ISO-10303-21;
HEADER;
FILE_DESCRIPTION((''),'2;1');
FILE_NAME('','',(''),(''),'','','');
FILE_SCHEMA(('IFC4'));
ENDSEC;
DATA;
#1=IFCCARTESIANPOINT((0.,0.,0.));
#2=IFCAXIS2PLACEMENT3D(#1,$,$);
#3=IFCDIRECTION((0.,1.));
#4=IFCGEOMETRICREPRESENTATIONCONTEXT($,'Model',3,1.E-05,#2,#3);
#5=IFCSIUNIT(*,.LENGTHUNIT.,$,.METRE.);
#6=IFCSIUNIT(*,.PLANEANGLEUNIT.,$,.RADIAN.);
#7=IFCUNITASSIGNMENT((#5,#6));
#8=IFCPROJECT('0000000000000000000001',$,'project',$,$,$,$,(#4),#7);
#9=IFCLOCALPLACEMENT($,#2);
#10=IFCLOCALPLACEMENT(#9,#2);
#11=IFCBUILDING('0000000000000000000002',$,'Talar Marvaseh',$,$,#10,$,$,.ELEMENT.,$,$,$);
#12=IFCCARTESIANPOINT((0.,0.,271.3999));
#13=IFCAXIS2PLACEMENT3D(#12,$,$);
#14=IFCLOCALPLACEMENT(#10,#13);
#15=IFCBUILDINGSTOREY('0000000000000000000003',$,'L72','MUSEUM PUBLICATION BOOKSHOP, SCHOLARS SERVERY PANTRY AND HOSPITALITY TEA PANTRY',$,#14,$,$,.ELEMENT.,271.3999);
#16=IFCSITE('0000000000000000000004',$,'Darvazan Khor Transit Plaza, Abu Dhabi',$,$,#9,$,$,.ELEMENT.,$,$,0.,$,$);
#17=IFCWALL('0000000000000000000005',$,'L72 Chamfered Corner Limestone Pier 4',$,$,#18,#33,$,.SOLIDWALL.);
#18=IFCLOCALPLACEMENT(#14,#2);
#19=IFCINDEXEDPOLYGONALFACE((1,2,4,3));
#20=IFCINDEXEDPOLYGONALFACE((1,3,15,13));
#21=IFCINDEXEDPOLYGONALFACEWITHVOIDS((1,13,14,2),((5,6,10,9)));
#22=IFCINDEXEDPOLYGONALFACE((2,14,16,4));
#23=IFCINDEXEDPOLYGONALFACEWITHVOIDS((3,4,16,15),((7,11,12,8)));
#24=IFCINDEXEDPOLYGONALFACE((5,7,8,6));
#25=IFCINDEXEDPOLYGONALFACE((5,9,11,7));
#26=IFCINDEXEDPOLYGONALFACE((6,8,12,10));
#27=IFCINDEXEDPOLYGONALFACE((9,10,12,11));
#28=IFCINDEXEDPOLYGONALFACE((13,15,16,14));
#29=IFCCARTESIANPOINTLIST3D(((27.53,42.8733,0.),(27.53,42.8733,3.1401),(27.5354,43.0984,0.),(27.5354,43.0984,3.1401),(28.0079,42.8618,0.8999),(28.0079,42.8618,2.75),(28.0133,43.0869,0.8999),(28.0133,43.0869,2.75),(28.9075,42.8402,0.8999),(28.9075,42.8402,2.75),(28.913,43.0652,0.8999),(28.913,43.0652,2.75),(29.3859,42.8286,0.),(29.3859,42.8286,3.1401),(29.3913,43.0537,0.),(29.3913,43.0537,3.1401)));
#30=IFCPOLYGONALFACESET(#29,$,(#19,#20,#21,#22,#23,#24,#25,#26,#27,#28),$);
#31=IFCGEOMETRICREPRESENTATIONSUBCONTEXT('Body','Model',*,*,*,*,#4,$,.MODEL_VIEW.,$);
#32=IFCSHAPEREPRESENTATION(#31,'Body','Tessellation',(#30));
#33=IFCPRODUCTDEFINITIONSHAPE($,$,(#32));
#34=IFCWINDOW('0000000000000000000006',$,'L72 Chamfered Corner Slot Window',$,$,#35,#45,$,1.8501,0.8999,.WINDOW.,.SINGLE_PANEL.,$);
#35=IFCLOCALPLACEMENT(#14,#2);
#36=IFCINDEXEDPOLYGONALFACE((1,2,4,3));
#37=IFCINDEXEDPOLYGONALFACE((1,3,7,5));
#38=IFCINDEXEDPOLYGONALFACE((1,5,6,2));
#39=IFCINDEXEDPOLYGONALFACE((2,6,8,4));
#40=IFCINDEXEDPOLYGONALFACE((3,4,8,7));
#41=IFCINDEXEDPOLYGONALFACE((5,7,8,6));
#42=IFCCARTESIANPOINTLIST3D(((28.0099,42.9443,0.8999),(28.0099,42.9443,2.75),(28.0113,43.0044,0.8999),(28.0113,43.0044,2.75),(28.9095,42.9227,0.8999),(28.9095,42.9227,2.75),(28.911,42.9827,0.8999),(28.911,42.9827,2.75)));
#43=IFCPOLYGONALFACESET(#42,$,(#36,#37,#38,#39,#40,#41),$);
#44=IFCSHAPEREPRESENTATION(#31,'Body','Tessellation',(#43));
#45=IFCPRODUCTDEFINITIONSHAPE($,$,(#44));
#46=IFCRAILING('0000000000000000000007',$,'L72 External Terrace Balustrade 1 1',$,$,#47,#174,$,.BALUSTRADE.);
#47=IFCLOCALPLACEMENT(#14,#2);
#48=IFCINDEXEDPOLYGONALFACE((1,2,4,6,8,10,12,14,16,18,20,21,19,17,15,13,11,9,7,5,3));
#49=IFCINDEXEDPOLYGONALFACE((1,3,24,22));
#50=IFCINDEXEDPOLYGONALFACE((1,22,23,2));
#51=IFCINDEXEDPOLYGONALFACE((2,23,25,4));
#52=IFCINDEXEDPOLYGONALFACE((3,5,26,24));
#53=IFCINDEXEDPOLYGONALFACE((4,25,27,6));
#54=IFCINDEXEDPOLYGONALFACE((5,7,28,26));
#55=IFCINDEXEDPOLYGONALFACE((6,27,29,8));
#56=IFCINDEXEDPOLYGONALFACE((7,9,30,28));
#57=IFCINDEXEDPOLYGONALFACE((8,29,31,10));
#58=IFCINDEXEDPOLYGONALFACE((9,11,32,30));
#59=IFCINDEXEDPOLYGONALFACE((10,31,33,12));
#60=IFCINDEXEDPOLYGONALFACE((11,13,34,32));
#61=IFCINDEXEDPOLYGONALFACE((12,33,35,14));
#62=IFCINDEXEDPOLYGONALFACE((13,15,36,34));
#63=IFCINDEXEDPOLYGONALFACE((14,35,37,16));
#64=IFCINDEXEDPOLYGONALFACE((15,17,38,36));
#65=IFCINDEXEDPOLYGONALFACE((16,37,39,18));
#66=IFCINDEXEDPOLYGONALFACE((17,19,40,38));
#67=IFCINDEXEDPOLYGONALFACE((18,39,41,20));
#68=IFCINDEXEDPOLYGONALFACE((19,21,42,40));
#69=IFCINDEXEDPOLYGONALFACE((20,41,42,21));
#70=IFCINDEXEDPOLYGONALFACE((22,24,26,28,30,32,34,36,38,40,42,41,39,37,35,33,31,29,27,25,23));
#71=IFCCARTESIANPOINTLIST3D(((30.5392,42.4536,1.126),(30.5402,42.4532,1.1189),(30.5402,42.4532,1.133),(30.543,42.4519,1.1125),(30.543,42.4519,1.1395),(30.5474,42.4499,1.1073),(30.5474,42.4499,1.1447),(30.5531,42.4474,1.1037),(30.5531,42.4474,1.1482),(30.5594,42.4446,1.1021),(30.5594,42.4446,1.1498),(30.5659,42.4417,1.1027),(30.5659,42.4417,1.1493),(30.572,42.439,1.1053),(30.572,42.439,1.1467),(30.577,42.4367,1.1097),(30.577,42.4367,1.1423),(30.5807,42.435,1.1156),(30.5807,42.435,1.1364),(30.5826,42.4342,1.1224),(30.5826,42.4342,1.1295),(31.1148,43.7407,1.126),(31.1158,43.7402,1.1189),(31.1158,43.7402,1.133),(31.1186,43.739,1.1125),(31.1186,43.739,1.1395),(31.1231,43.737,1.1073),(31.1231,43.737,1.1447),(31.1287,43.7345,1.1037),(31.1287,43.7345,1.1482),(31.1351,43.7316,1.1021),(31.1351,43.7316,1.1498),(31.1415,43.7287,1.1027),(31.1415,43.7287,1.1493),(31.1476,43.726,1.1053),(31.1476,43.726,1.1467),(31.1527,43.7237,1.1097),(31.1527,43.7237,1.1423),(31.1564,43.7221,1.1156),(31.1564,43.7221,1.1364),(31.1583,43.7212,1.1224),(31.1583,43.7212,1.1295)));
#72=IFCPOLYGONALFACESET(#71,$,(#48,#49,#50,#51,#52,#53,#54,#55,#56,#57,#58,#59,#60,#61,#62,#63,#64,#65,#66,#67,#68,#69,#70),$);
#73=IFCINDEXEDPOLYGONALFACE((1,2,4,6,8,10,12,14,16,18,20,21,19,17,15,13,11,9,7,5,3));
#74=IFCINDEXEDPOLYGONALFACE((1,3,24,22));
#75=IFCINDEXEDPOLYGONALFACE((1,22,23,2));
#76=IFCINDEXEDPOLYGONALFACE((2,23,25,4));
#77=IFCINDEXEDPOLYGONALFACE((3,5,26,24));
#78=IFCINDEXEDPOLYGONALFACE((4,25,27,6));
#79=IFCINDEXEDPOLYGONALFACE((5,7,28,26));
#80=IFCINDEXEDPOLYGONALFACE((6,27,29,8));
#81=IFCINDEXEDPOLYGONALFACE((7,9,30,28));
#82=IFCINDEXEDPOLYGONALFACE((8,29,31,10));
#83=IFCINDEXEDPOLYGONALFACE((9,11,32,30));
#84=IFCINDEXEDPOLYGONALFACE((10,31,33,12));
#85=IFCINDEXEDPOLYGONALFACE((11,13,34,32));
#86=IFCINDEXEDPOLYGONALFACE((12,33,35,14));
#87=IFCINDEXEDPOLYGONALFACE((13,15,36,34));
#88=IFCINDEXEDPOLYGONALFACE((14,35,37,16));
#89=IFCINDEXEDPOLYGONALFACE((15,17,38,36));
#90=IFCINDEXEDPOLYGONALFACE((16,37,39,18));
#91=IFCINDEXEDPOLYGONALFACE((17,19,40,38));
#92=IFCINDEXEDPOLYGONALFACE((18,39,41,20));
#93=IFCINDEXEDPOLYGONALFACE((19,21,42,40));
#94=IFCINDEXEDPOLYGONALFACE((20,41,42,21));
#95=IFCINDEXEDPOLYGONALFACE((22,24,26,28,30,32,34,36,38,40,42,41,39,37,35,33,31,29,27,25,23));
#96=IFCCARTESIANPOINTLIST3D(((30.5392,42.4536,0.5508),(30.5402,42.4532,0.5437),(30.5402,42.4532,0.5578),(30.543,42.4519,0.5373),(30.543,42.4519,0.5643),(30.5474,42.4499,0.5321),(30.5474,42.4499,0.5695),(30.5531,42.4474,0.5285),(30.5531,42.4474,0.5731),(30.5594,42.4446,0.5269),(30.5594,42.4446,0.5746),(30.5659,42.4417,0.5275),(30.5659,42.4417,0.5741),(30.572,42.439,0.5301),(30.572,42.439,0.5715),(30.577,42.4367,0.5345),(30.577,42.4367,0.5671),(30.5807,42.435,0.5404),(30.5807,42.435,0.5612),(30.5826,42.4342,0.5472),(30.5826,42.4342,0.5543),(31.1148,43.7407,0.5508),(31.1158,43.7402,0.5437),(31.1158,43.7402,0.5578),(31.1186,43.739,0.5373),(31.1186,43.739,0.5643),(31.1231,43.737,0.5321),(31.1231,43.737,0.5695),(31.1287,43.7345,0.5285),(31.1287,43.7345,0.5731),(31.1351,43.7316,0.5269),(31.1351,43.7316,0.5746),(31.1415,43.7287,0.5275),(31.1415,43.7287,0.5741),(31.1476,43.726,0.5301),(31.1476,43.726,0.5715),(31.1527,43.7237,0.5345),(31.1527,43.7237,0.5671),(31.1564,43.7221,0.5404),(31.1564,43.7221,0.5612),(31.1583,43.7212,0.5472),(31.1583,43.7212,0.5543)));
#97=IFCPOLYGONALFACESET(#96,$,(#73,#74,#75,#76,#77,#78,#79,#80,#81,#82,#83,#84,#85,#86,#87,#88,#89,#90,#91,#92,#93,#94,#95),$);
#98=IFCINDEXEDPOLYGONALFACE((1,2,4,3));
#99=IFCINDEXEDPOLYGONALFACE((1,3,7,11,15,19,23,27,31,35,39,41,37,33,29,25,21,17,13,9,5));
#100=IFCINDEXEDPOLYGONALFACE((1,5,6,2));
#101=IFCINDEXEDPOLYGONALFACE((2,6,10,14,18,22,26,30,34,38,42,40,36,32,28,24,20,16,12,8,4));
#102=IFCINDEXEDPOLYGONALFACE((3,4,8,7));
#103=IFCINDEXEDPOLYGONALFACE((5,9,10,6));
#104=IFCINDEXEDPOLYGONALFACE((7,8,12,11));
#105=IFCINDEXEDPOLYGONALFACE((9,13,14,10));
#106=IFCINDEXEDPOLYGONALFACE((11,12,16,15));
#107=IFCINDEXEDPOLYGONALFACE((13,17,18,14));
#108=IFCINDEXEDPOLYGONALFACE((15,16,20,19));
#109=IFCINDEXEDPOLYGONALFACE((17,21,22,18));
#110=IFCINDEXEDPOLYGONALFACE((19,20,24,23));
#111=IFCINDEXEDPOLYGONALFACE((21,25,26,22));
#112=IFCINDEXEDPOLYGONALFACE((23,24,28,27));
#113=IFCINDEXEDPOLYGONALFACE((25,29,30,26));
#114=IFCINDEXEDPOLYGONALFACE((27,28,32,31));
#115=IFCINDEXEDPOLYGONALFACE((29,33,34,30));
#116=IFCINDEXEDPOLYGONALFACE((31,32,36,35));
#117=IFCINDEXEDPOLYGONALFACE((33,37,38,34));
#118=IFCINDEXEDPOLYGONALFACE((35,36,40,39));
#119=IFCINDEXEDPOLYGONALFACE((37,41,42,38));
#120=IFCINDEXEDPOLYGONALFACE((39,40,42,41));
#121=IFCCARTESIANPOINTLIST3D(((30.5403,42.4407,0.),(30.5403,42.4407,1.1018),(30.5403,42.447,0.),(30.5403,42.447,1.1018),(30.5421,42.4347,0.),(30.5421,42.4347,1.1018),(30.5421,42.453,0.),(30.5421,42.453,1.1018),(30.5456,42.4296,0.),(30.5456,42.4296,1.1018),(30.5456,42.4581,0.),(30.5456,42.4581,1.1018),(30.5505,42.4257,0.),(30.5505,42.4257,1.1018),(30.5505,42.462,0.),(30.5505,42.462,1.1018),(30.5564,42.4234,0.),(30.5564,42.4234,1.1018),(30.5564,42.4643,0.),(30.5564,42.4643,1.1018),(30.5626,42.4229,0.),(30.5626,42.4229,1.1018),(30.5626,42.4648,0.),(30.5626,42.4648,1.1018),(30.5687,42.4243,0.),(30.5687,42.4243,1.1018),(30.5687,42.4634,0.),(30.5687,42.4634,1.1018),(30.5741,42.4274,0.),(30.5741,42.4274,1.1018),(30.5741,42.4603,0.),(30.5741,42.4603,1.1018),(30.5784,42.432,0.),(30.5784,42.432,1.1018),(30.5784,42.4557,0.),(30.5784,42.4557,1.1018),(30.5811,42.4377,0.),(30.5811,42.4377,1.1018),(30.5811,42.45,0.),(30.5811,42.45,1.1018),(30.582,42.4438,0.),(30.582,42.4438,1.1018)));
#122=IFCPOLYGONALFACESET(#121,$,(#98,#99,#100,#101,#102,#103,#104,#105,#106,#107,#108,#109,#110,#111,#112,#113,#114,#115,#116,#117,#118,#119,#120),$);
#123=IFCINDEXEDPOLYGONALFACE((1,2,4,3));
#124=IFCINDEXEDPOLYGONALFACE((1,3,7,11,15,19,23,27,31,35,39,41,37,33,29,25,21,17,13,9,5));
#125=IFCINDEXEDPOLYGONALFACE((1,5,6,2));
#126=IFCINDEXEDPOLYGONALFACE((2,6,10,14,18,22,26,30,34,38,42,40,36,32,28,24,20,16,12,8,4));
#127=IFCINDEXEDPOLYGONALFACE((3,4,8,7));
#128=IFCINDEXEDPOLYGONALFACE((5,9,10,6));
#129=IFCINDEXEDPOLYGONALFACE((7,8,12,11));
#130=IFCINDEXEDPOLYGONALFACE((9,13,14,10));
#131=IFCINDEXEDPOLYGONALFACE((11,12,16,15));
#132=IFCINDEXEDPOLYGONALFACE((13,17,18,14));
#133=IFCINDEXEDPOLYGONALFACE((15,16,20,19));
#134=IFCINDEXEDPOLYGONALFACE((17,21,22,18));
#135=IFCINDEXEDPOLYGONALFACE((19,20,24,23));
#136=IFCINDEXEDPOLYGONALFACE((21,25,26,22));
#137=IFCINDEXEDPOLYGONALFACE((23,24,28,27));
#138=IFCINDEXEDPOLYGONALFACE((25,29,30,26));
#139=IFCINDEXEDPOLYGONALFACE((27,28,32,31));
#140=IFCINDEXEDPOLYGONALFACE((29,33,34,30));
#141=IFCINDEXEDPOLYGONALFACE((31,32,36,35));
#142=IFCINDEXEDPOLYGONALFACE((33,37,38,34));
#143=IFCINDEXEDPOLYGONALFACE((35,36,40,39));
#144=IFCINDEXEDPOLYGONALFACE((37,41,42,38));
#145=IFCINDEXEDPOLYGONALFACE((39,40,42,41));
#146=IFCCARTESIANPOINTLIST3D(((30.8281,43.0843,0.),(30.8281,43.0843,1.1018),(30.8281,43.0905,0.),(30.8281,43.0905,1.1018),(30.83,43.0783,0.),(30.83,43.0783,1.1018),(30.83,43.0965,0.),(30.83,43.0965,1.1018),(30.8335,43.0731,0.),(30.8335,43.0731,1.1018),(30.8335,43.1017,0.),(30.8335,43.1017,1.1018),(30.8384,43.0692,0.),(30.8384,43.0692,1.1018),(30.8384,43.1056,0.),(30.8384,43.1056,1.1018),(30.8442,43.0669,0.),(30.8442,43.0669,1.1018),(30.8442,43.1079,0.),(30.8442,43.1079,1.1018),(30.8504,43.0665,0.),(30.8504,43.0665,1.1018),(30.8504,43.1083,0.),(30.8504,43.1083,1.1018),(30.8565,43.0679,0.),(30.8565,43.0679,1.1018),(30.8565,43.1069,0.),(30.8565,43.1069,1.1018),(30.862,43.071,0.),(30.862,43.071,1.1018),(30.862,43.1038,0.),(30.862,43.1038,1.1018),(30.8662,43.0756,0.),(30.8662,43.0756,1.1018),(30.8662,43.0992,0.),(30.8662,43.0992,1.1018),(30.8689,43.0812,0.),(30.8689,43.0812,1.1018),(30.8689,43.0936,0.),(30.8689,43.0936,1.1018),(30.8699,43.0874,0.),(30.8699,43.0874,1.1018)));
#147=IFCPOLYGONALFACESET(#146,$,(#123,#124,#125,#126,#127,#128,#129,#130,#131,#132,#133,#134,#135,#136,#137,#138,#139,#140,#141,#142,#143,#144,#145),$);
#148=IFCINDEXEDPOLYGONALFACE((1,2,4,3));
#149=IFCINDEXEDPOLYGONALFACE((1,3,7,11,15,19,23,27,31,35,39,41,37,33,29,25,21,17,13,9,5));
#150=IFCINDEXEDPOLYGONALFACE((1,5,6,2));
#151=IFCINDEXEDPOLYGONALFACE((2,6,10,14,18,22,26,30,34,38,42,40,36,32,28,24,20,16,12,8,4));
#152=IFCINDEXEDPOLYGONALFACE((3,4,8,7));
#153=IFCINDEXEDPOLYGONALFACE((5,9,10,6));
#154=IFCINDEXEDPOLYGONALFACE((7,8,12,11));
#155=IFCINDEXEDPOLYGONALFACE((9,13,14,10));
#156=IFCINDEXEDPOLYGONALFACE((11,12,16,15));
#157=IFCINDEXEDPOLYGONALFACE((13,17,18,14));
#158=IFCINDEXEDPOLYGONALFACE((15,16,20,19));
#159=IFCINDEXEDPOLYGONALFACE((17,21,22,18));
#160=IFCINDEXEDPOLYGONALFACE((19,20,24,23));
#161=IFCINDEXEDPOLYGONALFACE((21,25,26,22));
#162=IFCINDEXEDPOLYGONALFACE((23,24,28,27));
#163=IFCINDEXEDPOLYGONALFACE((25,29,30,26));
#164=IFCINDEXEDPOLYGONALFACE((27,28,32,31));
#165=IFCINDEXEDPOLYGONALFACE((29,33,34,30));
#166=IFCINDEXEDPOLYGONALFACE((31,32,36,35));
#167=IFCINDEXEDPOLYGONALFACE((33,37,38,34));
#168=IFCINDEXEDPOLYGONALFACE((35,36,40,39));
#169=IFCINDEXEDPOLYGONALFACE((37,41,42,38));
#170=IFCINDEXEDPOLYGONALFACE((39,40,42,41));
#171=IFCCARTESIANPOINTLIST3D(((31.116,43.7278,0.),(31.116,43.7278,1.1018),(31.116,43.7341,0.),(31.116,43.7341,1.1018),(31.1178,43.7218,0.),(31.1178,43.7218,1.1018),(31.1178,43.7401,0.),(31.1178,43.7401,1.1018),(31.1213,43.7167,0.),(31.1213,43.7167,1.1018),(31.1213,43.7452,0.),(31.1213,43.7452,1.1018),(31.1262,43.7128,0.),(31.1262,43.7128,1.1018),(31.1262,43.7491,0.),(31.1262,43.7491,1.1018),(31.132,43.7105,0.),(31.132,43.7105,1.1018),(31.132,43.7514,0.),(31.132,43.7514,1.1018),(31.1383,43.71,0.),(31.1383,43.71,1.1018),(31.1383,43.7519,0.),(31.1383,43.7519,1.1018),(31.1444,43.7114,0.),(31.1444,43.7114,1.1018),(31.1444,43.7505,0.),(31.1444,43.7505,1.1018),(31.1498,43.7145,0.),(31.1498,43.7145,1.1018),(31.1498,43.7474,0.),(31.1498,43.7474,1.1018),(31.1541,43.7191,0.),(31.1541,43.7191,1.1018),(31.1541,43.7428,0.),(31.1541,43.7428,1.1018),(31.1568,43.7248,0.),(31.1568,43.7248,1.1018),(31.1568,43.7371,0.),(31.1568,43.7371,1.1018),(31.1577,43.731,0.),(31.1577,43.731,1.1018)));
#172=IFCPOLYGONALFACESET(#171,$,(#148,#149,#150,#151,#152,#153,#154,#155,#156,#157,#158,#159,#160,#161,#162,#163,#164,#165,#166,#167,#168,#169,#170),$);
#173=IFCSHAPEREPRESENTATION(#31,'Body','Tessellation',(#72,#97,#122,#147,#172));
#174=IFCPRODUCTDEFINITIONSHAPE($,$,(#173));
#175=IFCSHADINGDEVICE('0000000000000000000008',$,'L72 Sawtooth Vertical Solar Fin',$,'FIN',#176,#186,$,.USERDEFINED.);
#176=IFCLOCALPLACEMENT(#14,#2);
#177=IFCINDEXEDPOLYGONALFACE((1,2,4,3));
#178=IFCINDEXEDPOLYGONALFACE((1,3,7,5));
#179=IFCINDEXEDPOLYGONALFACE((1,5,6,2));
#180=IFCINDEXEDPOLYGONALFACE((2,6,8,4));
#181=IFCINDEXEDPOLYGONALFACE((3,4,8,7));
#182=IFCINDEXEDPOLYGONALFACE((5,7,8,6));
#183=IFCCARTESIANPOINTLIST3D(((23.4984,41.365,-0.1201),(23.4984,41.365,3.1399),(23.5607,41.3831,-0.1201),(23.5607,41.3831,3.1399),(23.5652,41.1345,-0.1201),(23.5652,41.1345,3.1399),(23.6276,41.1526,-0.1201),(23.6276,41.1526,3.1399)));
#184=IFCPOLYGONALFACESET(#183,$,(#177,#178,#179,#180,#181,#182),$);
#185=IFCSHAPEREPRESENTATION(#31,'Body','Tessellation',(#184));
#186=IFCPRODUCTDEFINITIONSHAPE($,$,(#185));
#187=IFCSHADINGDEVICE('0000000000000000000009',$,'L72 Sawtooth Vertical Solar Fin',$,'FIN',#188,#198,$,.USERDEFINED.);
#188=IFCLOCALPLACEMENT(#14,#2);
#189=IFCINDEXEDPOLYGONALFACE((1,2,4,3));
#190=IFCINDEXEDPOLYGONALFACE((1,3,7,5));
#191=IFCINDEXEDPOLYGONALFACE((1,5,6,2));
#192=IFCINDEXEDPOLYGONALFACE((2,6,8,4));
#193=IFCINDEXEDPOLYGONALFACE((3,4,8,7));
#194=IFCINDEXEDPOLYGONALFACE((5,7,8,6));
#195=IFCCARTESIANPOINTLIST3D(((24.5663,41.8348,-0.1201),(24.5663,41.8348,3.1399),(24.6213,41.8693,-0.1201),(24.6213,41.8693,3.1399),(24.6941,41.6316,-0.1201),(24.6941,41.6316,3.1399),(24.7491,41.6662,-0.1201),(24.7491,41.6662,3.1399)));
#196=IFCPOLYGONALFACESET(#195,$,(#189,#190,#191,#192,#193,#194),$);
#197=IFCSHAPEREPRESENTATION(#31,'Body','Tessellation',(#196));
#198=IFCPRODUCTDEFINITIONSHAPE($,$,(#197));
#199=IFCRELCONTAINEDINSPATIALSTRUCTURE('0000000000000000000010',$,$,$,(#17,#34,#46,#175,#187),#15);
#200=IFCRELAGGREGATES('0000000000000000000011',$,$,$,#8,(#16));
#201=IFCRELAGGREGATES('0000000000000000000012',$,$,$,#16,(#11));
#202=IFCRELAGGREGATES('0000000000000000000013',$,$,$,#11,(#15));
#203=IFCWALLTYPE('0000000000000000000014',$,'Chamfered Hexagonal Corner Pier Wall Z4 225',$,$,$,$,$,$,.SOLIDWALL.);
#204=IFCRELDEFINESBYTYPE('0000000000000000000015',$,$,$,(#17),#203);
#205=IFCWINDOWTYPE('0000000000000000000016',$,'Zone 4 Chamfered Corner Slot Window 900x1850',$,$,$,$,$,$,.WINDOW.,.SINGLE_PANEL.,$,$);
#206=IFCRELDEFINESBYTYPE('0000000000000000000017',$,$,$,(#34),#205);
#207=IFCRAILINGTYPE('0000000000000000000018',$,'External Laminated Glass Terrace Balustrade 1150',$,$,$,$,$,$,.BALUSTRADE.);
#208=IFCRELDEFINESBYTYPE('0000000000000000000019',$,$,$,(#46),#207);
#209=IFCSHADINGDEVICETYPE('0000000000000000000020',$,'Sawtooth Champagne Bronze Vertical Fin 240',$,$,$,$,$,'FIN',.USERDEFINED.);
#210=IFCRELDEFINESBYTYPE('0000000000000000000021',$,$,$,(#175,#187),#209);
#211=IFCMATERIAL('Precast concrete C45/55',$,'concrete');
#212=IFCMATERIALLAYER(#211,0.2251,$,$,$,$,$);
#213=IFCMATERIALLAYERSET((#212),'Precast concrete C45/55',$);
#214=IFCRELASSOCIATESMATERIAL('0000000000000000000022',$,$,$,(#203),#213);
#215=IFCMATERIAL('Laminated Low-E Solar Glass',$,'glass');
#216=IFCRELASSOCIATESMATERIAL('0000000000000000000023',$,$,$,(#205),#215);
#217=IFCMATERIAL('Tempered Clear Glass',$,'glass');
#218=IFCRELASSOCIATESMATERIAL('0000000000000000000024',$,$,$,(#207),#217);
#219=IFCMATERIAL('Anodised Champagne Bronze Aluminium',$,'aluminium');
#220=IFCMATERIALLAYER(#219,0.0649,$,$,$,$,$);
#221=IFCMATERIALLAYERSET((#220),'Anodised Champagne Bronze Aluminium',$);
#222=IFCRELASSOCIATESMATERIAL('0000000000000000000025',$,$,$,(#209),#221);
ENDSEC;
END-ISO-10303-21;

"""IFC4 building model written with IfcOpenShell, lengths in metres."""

from ifc_helpers import new_model, si_unit, direction, frame, frame_2d, origin, origin_2d, place, context, subcontext, project, spatial, rectangle, circle, extrude, source, transform, mapped, material, layer, layer_set, type_object, type_shapes, element, fill, save


model = new_model("IFC4")

# Units and contexts
model_context = context("Model", 3, precision=1e-05, world=origin(), true_north=direction((0.0, 1.0)))
body_context = subcontext(model_context, "Body", "Model", "MODEL_VIEW")
ifc_project = project(units=[si_unit("LENGTHUNIT", "METRE"), si_unit("PLANEANGLEUNIT", "RADIAN")], contexts=[model_context])

# Site, building, storey
site_placement = place(None, origin())
site = spatial("IfcSite", under=ifc_project, at=site_placement, Name="Darvazan Khor Transit Plaza, Abu Dhabi", CompositionType="ELEMENT", RefElevation=0.0)
building_placement = place(site_placement, origin())
building = spatial("IfcBuilding", under=site, at=building_placement, Name="Talar Marvaseh", CompositionType="ELEMENT")
storey_placement = place(building_placement, frame((0.0, 0.0, 271.3999)))
storey = spatial("IfcBuildingStorey", under=building, at=storey_placement, Name="L72", Description="MUSEUM PUBLICATION BOOKSHOP, SCHOLARS SERVERY PANTRY AND HOSPITALITY TEA PANTRY", CompositionType="ELEMENT", Elevation=271.3999)

# Shared definitions
ifc_material_1 = material(Name="Laminated Low-E Solar Glass", Category="glass")

# Wall, opening, window
ifc_material_2 = material(Name="Precast concrete C45/55", Category="concrete")
ifc_layer_1 = layer(ifc_material_2, 0.2251)
ifc_layer_set_1 = layer_set([ifc_layer_1], Name="Precast concrete C45/55")
wall_type = type_object("IfcWallType", Name="Chamfered Hexagonal Corner Pier Wall Z4 225", PredefinedType="SOLIDWALL", material=ifc_layer_set_1)
wall_placement = place(storey_placement, frame((27.5327, 42.9858, 0.0), z_axis=(0.0, 0.0, 1.0), x_axis=(0.99971, -0.024066, 0.0)))
wall = element("IfcWall", 1, at=wall_placement, inside=storey, type_object=wall_type, Name="L72 Chamfered Corner Limestone Pier 4", PredefinedType="SOLIDWALL", context=body_context, shape_type="SweptSolid", body=[
    extrude(rectangle(XDim=1.8564, YDim=0.2251, at=frame_2d((0.9282, 0.0))), origin(), (0.0, 0.0, 1.0), 3.1401),
])
opening_placement = place(wall_placement, frame((0.478, 0.0, 0.8999)))
opening = element("IfcOpeningElement", 2, at=opening_placement, cuts=wall, PredefinedType="OPENING", context=body_context, shape_type="SweptSolid", body=[
    extrude(rectangle(XDim=0.8999, YDim=1.8501, at=frame_2d((0.45, 0.925))), frame((0.0, 0.1226, 0.0), z_axis=(0.0, -1.0, 0.0), x_axis=(1.0, 0.0, 0.0)), (0.0, 0.0, 1.0), 0.2451),
])
window_type = type_object("IfcWindowType", Name="Zone 4 Chamfered Corner Slot Window 900x1850", PartitioningType="SINGLE_PANEL", PredefinedType="WINDOW", material=ifc_material_1)
shared_shape_1 = source(origin(), body_context, "Body", "SweptSolid", [
    extrude(rectangle(XDim=0.8999, YDim=1.8501, at=frame_2d((0.45, 0.925))), frame((0.0, 0.03, 0.0), z_axis=(0.0, -1.0, 0.0), x_axis=(1.0, 0.0, 0.0)), (0.0, 0.0, 1.0), 0.0601),
])
type_shapes(window_type, [shared_shape_1])
window_placement = place(opening_placement, origin())
window = element("IfcWindow", 3, at=window_placement, inside=storey, type_object=window_type, Name="L72 Chamfered Corner Slot Window", OverallHeight=1.8501, OverallWidth=0.8999, PartitioningType="SINGLE_PANEL", PredefinedType="WINDOW", context=body_context, shape_type="MappedRepresentation", body=[
    mapped(shared_shape_1, transform((0.0, 0.0, 0.0), x_axis=(1.0, 0.0, 0.0), y_axis=(0.0, 1.0, 0.0), z_axis=(0.0, 0.0, 1.0), scale=1.0)),
])
fill(opening, window)

# Railing
ifc_material_3 = material(Name="Tempered Clear Glass", Category="glass")
railing_type = type_object("IfcRailingType", Name="External Laminated Glass Terrace Balustrade 1150", PredefinedType="BALUSTRADE", material=ifc_material_3)
railing_1_placement = place(storey_placement, frame((30.561, 42.4438, 0.0)))
element("IfcRailing", 4, at=railing_1_placement, inside=storey, type_object=railing_type, Name="L72 External Terrace Balustrade 1 1", PredefinedType="BALUSTRADE", context=body_context, shape_type="SweptSolid", body=[
    extrude(circle(Radius=0.0239, at=origin_2d()), frame((0.0, 0.0, 1.126), z_axis=(0.40829, 0.912852, 0.0), x_axis=(-0.912852, 0.40829, 0.0)), (0.0, 0.0, 1.0), 1.4099),
    extrude(circle(Radius=0.0239, at=origin_2d()), frame((0.0, 0.0, 0.5508), z_axis=(0.40829, 0.912852, 0.0), x_axis=(-0.912852, 0.40829, 0.0)), (0.0, 0.0, 1.0), 1.4099),
    extrude(circle(Radius=0.021, at=origin_2d()), origin(), (0.0, 0.0, 1.0), 1.1018),
    extrude(circle(Radius=0.021, at=origin_2d()), frame((0.2878, 0.6436, 0.0)), (0.0, 0.0, 1.0), 1.1018),
    extrude(circle(Radius=0.021, at=origin_2d()), frame((0.5757, 1.2871, 0.0)), (0.0, 0.0, 1.0), 1.1018),
])

# Shading devices
ifc_material_4 = material(Name="Anodised Champagne Bronze Aluminium", Category="aluminium")
ifc_layer_2 = layer(ifc_material_4, 0.0649)
ifc_layer_set_2 = layer_set([ifc_layer_2], Name="Anodised Champagne Bronze Aluminium")
shading_device_type = type_object("IfcShadingDeviceType", Name="Sawtooth Champagne Bronze Vertical Fin 240", ElementType="FIN", PredefinedType="USERDEFINED", material=ifc_layer_set_2)
shared_shape_2 = source(origin(), body_context, "Body", "SweptSolid", [
    extrude(rectangle(XDim=0.24, YDim=0.0649, at=origin_2d()), origin(), (0.0, 0.0, 1.0), 3.26),
])
type_shapes(shading_device_type, [shared_shape_2])
for number, where, z_axis, x_axis, name in (
    (5, (23.563, 41.2588, -0.1201), (0.0, 0.0, 1.0), (-0.278656, 0.960391, 0.0), "L72 Sawtooth Vertical Solar Fin"),
    (6, (24.6577, 41.7505, -0.1201), (0.0, 0.0, 1.0), (-0.532581, 0.846379, 0.0), "L72 Sawtooth Vertical Solar Fin"),
):
    element("IfcShadingDevice", number, at=place(storey_placement, frame(where, z_axis=z_axis, x_axis=x_axis)), inside=storey, type_object=shading_device_type, Name=name, ObjectType="FIN", PredefinedType="USERDEFINED", context=body_context, shape_type="MappedRepresentation", body=[
        mapped(shared_shape_2, transform((0.0, 0.0, 0.0), x_axis=(1.0, 0.0, 0.0), y_axis=(0.0, 1.0, 0.0), z_axis=(0.0, 0.0, 1.0), scale=1.0)),
    ])

save(model, "model.ifc")
